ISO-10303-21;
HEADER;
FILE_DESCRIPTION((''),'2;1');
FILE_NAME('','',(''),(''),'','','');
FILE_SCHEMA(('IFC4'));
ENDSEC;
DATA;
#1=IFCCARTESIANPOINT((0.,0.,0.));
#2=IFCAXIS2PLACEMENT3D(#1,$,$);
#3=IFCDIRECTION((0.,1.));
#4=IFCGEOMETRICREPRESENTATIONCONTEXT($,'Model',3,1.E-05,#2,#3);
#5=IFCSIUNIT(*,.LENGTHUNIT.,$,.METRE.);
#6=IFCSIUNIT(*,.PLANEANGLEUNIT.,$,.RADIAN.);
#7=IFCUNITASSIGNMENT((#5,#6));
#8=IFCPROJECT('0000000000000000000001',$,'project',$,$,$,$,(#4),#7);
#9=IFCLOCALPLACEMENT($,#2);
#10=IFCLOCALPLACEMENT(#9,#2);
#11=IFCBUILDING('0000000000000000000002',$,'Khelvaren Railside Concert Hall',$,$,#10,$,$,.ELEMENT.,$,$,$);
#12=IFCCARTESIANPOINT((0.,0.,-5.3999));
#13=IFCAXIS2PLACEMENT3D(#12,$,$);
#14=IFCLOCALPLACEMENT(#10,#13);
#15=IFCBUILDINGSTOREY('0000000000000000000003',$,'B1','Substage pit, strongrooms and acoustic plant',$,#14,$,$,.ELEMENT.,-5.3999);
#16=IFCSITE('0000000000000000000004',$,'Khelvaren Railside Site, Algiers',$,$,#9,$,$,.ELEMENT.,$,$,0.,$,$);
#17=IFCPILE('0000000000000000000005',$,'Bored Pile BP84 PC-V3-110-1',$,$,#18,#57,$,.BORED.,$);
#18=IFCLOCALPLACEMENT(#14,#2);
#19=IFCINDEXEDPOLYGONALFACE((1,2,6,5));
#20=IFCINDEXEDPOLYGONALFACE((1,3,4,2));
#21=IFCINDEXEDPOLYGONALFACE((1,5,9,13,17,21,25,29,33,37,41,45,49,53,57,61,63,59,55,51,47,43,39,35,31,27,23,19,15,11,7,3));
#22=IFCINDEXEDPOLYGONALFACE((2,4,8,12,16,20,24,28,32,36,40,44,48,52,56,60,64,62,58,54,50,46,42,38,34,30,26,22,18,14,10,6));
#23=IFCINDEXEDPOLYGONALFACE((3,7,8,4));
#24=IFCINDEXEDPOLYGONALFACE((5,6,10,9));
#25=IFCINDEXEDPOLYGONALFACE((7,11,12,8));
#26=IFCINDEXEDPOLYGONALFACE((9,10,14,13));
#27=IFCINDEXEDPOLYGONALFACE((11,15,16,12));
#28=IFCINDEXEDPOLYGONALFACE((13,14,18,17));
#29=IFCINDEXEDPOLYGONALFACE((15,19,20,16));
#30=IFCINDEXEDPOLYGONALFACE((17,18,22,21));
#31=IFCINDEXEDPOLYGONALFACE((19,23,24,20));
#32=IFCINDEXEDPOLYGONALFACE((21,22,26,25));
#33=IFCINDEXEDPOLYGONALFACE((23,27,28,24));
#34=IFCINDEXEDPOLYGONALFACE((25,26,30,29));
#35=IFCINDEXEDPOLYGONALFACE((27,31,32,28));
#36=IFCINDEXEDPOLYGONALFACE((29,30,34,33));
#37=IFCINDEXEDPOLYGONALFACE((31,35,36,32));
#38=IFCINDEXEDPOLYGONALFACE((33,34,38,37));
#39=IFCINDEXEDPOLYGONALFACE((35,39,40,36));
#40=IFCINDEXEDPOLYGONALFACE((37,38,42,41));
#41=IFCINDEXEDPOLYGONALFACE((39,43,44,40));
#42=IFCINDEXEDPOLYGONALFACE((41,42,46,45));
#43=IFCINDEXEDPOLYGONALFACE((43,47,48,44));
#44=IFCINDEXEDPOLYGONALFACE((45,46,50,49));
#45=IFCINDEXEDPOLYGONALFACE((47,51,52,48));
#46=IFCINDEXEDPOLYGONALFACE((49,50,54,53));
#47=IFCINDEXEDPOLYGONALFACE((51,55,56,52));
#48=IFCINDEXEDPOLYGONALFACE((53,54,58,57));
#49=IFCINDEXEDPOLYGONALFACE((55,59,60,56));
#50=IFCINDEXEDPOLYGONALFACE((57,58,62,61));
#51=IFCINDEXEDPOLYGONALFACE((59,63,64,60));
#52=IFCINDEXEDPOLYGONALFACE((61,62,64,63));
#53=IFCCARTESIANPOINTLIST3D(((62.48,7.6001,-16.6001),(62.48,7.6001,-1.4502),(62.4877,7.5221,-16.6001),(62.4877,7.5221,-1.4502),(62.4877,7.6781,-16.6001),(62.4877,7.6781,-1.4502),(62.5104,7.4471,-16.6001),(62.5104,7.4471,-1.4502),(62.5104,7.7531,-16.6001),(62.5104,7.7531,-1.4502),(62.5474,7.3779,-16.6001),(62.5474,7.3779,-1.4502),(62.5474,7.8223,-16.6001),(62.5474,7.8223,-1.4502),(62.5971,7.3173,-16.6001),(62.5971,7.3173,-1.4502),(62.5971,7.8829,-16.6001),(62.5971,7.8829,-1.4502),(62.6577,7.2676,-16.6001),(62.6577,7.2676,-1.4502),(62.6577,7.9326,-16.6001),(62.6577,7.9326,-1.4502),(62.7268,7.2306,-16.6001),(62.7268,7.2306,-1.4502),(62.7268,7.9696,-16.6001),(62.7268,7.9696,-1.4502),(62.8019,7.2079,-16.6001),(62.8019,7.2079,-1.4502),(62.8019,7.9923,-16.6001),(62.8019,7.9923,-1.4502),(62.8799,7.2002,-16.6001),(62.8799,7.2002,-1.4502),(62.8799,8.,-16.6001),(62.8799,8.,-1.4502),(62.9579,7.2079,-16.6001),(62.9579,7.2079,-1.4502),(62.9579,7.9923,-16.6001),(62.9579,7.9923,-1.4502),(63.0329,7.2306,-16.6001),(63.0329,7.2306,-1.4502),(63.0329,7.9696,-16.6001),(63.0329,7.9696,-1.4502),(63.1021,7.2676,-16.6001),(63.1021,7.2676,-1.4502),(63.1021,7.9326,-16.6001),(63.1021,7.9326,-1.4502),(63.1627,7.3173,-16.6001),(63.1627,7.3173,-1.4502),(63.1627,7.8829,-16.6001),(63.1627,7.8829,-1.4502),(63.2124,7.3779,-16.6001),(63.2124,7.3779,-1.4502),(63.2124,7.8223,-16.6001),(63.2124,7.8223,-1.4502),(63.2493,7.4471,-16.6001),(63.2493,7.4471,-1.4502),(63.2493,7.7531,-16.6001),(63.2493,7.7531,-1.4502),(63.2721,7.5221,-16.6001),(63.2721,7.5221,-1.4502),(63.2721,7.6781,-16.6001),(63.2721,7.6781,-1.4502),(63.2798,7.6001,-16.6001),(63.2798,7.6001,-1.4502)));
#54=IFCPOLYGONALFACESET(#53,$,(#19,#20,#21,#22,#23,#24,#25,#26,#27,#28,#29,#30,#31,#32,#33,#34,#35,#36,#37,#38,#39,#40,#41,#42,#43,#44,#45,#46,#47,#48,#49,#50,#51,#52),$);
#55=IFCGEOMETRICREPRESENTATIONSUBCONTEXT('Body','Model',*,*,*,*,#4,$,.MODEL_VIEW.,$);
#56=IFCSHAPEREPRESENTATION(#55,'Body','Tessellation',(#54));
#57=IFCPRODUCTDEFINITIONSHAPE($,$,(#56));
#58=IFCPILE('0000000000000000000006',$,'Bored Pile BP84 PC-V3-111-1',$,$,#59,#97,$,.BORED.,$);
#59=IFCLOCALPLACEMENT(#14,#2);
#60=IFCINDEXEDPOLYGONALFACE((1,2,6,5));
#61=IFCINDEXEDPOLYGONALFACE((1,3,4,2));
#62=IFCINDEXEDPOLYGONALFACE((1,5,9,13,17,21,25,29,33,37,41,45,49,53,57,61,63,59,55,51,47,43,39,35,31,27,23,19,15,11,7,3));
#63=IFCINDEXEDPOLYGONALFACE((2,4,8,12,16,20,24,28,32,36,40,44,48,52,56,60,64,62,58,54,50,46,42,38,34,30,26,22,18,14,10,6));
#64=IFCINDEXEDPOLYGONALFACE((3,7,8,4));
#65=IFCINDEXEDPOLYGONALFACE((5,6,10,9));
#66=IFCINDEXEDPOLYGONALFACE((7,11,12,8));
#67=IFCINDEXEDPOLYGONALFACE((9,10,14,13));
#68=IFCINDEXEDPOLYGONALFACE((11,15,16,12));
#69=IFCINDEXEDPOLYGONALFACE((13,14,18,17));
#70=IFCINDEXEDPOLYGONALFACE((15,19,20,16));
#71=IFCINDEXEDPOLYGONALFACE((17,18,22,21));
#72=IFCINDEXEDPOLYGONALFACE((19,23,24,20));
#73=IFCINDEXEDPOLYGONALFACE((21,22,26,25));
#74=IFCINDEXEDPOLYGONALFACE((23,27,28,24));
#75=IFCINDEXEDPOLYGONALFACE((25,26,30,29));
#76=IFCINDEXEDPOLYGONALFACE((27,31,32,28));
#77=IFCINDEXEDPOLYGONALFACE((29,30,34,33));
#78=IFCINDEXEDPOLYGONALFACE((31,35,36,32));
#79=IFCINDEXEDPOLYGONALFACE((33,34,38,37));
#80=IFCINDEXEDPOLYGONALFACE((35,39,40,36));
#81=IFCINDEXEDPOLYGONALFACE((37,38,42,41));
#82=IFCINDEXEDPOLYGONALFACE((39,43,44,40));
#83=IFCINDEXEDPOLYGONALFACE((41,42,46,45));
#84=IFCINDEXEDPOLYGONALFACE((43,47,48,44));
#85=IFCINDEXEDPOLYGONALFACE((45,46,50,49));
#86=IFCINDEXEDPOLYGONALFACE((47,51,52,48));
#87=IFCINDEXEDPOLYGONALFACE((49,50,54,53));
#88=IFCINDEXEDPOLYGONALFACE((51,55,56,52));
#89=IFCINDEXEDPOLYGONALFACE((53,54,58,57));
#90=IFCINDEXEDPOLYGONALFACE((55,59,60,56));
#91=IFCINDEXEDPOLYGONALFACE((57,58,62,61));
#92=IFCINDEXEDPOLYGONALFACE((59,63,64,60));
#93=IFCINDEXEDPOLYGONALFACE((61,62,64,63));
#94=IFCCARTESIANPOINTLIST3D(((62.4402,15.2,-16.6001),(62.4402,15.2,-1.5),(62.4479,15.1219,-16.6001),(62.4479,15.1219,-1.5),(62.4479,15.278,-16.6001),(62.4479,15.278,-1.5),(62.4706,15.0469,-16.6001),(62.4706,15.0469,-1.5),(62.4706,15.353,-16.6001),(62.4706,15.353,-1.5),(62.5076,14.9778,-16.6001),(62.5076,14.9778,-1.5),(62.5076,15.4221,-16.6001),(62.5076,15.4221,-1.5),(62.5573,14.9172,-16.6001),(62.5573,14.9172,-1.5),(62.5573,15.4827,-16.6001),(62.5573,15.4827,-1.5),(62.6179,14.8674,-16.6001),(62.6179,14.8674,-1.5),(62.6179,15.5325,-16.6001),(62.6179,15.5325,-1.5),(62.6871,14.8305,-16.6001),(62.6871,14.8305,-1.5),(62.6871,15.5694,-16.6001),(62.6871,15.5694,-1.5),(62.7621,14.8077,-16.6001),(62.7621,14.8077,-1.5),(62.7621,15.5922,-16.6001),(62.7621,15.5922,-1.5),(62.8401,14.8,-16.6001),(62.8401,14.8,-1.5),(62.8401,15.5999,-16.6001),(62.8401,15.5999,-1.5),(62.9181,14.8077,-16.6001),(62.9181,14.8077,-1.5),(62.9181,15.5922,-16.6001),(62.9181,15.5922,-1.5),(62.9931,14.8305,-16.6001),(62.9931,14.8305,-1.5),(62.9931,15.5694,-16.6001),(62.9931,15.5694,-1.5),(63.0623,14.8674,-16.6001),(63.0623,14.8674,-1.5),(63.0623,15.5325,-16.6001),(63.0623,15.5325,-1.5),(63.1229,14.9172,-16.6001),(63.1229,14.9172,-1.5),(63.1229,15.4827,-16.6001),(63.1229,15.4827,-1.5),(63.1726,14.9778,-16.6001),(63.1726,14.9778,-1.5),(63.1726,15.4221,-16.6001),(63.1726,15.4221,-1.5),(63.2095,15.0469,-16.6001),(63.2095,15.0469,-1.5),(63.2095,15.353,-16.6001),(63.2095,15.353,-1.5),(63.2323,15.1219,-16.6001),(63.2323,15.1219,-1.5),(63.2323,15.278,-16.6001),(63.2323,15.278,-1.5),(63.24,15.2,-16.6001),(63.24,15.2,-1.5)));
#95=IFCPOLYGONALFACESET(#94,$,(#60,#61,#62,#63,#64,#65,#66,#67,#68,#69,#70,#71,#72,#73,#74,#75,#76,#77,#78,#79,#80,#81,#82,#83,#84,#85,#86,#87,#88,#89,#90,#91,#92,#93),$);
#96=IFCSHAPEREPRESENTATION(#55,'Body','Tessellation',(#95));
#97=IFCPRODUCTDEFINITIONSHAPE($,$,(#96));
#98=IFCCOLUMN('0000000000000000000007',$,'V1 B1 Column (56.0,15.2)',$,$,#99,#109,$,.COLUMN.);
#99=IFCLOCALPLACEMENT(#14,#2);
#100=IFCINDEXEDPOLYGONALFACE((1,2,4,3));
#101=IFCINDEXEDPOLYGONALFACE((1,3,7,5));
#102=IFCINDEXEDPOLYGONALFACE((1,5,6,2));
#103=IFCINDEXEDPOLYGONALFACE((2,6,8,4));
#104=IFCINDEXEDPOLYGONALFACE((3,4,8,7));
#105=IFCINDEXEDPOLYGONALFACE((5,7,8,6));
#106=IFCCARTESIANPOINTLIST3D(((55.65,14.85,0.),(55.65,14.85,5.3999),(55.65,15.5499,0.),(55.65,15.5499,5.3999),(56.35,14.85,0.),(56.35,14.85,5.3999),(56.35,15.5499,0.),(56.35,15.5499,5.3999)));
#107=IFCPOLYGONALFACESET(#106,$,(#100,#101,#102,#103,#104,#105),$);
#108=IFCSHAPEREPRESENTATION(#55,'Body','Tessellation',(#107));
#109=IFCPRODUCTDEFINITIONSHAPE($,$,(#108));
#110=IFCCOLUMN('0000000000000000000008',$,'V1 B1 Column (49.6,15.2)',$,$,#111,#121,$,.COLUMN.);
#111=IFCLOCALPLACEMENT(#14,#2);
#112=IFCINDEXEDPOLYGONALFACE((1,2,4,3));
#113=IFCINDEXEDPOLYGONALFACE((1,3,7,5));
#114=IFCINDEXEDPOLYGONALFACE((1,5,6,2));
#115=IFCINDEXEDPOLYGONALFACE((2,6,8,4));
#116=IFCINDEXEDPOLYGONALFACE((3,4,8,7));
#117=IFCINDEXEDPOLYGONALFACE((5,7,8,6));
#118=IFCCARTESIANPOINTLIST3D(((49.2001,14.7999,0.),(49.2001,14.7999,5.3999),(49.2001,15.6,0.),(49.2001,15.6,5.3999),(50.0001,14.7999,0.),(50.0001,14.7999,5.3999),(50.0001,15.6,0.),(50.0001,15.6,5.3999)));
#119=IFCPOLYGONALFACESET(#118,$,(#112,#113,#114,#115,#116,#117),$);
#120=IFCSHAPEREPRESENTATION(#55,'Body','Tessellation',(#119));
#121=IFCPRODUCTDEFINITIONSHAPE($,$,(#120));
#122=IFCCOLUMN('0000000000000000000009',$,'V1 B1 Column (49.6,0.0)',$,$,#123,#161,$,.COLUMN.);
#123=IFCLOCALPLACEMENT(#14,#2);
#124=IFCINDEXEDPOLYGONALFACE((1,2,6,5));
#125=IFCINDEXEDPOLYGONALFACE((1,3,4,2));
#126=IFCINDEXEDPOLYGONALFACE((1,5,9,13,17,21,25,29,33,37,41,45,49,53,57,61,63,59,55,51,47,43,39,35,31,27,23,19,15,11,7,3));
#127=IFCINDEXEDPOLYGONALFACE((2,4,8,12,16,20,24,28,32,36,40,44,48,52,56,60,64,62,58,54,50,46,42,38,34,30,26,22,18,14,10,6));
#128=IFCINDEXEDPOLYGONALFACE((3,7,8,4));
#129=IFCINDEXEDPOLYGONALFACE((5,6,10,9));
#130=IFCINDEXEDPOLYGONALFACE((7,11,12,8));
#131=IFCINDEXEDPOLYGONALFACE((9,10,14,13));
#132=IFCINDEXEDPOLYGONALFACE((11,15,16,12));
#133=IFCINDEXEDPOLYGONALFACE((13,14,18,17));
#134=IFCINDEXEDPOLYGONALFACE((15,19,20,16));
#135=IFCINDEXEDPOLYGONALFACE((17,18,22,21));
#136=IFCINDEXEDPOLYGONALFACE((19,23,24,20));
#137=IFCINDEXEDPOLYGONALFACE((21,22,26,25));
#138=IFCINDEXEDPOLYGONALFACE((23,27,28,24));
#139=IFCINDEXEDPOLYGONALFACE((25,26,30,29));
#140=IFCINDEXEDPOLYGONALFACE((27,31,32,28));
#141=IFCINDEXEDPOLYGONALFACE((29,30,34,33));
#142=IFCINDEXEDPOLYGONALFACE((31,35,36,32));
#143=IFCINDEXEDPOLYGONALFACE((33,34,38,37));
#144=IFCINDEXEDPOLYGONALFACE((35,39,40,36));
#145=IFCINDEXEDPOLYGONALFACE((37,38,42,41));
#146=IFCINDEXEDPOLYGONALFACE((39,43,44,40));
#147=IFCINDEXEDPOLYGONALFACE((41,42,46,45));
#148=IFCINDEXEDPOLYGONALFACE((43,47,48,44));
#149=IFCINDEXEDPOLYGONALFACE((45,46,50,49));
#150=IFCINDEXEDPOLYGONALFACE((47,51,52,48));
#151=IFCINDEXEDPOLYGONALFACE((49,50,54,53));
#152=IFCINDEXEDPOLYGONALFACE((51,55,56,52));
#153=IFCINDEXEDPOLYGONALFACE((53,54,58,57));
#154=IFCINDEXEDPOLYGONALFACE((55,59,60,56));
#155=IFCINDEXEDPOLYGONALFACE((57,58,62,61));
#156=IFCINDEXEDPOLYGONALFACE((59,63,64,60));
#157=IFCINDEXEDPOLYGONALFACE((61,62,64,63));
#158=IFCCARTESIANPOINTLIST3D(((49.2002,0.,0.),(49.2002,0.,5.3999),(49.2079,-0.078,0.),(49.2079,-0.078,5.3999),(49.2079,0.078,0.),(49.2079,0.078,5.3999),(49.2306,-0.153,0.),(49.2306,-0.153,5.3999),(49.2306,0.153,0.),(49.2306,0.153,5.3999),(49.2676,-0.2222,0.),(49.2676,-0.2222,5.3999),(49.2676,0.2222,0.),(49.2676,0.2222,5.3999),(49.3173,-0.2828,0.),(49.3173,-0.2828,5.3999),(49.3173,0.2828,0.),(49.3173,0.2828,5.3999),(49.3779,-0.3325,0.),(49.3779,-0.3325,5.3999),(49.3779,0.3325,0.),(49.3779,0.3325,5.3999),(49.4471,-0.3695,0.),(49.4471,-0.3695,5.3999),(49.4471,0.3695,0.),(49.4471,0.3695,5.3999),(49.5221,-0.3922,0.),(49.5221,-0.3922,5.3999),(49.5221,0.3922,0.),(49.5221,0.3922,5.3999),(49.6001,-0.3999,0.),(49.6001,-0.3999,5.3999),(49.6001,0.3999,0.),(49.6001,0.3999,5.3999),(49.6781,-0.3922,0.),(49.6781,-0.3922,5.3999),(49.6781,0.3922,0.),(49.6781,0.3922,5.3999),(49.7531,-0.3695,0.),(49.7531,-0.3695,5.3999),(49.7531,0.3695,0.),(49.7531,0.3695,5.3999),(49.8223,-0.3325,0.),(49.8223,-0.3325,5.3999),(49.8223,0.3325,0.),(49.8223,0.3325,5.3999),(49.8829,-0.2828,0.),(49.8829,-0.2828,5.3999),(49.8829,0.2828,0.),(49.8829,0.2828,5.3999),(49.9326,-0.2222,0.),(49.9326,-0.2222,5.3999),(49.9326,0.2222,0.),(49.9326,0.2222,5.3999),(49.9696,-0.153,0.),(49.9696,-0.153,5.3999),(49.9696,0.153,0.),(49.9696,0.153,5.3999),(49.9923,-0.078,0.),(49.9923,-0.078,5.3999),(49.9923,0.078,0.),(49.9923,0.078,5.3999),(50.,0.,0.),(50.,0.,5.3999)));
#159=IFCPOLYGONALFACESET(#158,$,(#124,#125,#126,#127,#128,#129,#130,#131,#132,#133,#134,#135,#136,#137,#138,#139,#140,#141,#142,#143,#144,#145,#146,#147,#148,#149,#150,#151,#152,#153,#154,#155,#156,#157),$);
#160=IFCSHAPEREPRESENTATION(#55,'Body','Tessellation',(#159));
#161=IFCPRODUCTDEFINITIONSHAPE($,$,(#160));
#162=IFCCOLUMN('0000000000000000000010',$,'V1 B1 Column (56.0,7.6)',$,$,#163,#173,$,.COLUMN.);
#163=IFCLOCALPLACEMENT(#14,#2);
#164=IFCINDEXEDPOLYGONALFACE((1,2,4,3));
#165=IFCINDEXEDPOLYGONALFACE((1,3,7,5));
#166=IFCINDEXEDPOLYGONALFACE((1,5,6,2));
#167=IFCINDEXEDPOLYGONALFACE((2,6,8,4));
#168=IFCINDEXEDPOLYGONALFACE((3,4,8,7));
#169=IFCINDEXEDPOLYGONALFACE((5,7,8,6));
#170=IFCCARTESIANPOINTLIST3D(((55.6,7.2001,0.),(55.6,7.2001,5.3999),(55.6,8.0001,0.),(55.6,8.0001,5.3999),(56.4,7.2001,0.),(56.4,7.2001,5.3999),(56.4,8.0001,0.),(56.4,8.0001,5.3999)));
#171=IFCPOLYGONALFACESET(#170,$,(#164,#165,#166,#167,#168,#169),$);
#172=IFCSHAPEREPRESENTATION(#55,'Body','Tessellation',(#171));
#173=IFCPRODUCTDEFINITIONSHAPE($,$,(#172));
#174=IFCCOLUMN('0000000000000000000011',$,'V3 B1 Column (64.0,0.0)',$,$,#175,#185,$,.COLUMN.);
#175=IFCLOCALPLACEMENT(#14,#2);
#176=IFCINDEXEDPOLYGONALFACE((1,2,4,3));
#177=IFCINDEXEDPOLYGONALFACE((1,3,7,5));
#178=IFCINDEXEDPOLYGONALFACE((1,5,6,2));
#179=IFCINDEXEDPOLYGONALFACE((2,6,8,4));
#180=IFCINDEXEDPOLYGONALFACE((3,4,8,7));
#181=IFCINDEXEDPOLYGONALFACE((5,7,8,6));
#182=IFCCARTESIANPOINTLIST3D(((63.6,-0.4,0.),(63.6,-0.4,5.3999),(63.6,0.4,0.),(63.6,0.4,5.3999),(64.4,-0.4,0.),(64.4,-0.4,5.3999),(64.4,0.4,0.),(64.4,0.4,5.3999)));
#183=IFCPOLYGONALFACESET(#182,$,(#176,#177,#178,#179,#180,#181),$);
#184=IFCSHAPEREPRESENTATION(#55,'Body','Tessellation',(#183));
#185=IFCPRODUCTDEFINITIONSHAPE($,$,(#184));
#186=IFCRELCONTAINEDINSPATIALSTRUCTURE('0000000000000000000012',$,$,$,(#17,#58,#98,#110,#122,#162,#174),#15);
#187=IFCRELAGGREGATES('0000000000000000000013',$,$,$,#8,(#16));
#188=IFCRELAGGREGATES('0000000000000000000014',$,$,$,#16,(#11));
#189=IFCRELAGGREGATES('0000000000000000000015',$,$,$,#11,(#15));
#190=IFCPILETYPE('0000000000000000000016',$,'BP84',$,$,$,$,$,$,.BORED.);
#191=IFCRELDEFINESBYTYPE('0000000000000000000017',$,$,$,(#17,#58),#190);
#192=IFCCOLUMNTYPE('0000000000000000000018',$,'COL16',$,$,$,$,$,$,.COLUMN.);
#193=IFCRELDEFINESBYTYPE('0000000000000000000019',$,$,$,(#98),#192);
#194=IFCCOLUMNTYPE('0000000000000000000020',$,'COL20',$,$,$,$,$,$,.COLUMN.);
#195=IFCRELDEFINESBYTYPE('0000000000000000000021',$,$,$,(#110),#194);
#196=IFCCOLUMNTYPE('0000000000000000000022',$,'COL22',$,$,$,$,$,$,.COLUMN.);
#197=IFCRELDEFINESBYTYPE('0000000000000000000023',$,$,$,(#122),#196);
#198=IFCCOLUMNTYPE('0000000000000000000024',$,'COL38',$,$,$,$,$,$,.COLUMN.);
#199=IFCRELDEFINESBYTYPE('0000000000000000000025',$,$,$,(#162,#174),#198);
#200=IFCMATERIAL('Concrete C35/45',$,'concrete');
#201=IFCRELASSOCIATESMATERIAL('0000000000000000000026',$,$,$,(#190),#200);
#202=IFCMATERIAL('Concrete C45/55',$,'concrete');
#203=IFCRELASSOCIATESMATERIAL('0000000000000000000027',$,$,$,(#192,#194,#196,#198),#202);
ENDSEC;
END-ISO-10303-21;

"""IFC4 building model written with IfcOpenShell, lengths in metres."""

from ifc_helpers import new_model, si_unit, direction, frame, origin, origin_2d, place, context, subcontext, project, spatial, rectangle, circle, extrude, material, material_profile, profile_set, type_object, element, save


model = new_model("IFC4")

# Units and contexts
model_context = context("Model", 3, precision=1e-05, world=origin(), true_north=direction((0.0, 1.0)))
body_context = subcontext(model_context, "Body", "Model", "MODEL_VIEW")
ifc_project = project(units=[si_unit("LENGTHUNIT", "METRE"), si_unit("PLANEANGLEUNIT", "RADIAN")], contexts=[model_context])

# Site, building, storey
site_placement = place(None, origin())
site = spatial("IfcSite", under=ifc_project, at=site_placement, Name="Khelvaren Railside Site, Algiers", CompositionType="ELEMENT", RefElevation=0.0)
building_placement = place(site_placement, origin())
building = spatial("IfcBuilding", under=site, at=building_placement, Name="Khelvaren Railside Concert Hall", CompositionType="ELEMENT")
storey_placement = place(building_placement, frame((0.0, 0.0, -5.3999)))
storey = spatial("IfcBuildingStorey", under=building, at=storey_placement, Name="B1", Description="Substage pit, strongrooms and acoustic plant", CompositionType="ELEMENT", Elevation=-5.3999)

# Piles
ifc_material_1 = material(Name="Concrete C35/45", Category="concrete")
ifc_material_profile_1 = material_profile(ifc_material_1, circle(Radius=0.3999, at=origin_2d()), Name="BP D800")
ifc_profile_set_1 = profile_set([ifc_material_profile_1], Name="Concrete C35/45")
pile_type_1 = type_object("IfcPileType", Name="BP84", PredefinedType="BORED", material=ifc_profile_set_1)
pile_1_placement = place(storey_placement, frame((62.8799, 7.6001, -1.4502), z_axis=(0.0, 0.0, -1.0), x_axis=(1.0, 0.0, 0.0)))
element("IfcPile", 1, at=pile_1_placement, inside=storey, type_object=pile_type_1, Name="Bored Pile BP84 PC-V3-110-1", PredefinedType="BORED", context=body_context, shape_type="SweptSolid", body=[
    extrude(circle(Radius=0.3999, at=origin_2d()), origin(), (0.0, 0.0, 1.0), 15.1499),
])
pile_2_placement = place(storey_placement, frame((62.8401, 15.2, -1.5), z_axis=(0.0, 0.0, -1.0), x_axis=(1.0, 0.0, 0.0)))
element("IfcPile", 2, at=pile_2_placement, inside=storey, type_object=pile_type_1, Name="Bored Pile BP84 PC-V3-111-1", PredefinedType="BORED", context=body_context, shape_type="SweptSolid", body=[
    extrude(circle(Radius=0.3999, at=origin_2d()), origin(), (0.0, 0.0, 1.0), 15.1001),
])

# Columns
ifc_material_2 = material(Name="Concrete C45/55", Category="concrete")
ifc_material_profile_2 = material_profile(ifc_material_2, rectangle(XDim=0.7, YDim=0.7, at=origin_2d()), Name="RC 700x700")
ifc_profile_set_2 = profile_set([ifc_material_profile_2], Name="Concrete C45/55")
column_type_1 = type_object("IfcColumnType", Name="COL16", PredefinedType="COLUMN", material=ifc_profile_set_2)
column_1_placement = place(storey_placement, frame((56.0, 15.2, 0.0), z_axis=(0.0, 0.0, 1.0), x_axis=(1.0, 0.0, 0.0)))
element("IfcColumn", 3, at=column_1_placement, inside=storey, type_object=column_type_1, Name="V1 B1 Column (56.0,15.2)", PredefinedType="COLUMN", context=body_context, shape_type="SweptSolid", body=[
    extrude(rectangle(XDim=0.7, YDim=0.7, at=origin_2d()), origin(), (0.0, 0.0, 1.0), 5.3999),
])
ifc_material_profile_3 = material_profile(ifc_material_2, rectangle(XDim=0.8, YDim=0.8, at=origin_2d()), Name="RC 800x800")
ifc_profile_set_3 = profile_set([ifc_material_profile_3], Name="Concrete C45/55")
column_type_2 = type_object("IfcColumnType", Name="COL20", PredefinedType="COLUMN", material=ifc_profile_set_3)
column_2_placement = place(storey_placement, frame((49.6001, 15.2, 0.0), z_axis=(0.0, 0.0, 1.0), x_axis=(1.0, 0.0, 0.0)))
element("IfcColumn", 4, at=column_2_placement, inside=storey, type_object=column_type_2, Name="V1 B1 Column (49.6,15.2)", PredefinedType="COLUMN", context=body_context, shape_type="SweptSolid", body=[
    extrude(rectangle(XDim=0.8, YDim=0.8, at=origin_2d()), origin(), (0.0, 0.0, 1.0), 5.3999),
])
ifc_material_profile_4 = material_profile(ifc_material_2, circle(Radius=0.3999, at=origin_2d()), Name="RC D800")
ifc_profile_set_4 = profile_set([ifc_material_profile_4], Name="Concrete C45/55")
column_type_3 = type_object("IfcColumnType", Name="COL22", PredefinedType="COLUMN", material=ifc_profile_set_4)
column_3_placement = place(storey_placement, frame((49.6001, 0.0, 0.0), z_axis=(0.0, 0.0, 1.0), x_axis=(1.0, 0.0, 0.0)))
element("IfcColumn", 5, at=column_3_placement, inside=storey, type_object=column_type_3, Name="V1 B1 Column (49.6,0.0)", PredefinedType="COLUMN", context=body_context, shape_type="SweptSolid", body=[
    extrude(circle(Radius=0.3999, at=origin_2d()), origin(), (0.0, 0.0, 1.0), 5.3999),
])
ifc_material_profile_5 = material_profile(ifc_material_2, rectangle(XDim=0.8, YDim=0.8, at=origin_2d()), Name="RC 800x800")
ifc_profile_set_5 = profile_set([ifc_material_profile_5], Name="Concrete C45/55")
column_type_4 = type_object("IfcColumnType", Name="COL38", PredefinedType="COLUMN", material=ifc_profile_set_5)
for number, where, z_axis, x_axis, name in (
    (6, (56.0, 7.6001, 0.0), (0.0, 0.0, 1.0), (1.0, 0.0, 0.0), "V1 B1 Column (56.0,7.6)"),
    (7, (64.0, 0.0, 0.0), (0.0, 0.0, 1.0), (1.0, 0.0, 0.0), "V3 B1 Column (64.0,0.0)"),
):
    element("IfcColumn", number, at=place(storey_placement, frame(where, z_axis=z_axis, x_axis=x_axis)), inside=storey, type_object=column_type_4, Name=name, PredefinedType="COLUMN", context=body_context, shape_type="SweptSolid", body=[
        extrude(rectangle(XDim=0.8, YDim=0.8, at=origin_2d()), origin(), (0.0, 0.0, 1.0), 5.3999),
    ])

save(model, "model.ifc")
